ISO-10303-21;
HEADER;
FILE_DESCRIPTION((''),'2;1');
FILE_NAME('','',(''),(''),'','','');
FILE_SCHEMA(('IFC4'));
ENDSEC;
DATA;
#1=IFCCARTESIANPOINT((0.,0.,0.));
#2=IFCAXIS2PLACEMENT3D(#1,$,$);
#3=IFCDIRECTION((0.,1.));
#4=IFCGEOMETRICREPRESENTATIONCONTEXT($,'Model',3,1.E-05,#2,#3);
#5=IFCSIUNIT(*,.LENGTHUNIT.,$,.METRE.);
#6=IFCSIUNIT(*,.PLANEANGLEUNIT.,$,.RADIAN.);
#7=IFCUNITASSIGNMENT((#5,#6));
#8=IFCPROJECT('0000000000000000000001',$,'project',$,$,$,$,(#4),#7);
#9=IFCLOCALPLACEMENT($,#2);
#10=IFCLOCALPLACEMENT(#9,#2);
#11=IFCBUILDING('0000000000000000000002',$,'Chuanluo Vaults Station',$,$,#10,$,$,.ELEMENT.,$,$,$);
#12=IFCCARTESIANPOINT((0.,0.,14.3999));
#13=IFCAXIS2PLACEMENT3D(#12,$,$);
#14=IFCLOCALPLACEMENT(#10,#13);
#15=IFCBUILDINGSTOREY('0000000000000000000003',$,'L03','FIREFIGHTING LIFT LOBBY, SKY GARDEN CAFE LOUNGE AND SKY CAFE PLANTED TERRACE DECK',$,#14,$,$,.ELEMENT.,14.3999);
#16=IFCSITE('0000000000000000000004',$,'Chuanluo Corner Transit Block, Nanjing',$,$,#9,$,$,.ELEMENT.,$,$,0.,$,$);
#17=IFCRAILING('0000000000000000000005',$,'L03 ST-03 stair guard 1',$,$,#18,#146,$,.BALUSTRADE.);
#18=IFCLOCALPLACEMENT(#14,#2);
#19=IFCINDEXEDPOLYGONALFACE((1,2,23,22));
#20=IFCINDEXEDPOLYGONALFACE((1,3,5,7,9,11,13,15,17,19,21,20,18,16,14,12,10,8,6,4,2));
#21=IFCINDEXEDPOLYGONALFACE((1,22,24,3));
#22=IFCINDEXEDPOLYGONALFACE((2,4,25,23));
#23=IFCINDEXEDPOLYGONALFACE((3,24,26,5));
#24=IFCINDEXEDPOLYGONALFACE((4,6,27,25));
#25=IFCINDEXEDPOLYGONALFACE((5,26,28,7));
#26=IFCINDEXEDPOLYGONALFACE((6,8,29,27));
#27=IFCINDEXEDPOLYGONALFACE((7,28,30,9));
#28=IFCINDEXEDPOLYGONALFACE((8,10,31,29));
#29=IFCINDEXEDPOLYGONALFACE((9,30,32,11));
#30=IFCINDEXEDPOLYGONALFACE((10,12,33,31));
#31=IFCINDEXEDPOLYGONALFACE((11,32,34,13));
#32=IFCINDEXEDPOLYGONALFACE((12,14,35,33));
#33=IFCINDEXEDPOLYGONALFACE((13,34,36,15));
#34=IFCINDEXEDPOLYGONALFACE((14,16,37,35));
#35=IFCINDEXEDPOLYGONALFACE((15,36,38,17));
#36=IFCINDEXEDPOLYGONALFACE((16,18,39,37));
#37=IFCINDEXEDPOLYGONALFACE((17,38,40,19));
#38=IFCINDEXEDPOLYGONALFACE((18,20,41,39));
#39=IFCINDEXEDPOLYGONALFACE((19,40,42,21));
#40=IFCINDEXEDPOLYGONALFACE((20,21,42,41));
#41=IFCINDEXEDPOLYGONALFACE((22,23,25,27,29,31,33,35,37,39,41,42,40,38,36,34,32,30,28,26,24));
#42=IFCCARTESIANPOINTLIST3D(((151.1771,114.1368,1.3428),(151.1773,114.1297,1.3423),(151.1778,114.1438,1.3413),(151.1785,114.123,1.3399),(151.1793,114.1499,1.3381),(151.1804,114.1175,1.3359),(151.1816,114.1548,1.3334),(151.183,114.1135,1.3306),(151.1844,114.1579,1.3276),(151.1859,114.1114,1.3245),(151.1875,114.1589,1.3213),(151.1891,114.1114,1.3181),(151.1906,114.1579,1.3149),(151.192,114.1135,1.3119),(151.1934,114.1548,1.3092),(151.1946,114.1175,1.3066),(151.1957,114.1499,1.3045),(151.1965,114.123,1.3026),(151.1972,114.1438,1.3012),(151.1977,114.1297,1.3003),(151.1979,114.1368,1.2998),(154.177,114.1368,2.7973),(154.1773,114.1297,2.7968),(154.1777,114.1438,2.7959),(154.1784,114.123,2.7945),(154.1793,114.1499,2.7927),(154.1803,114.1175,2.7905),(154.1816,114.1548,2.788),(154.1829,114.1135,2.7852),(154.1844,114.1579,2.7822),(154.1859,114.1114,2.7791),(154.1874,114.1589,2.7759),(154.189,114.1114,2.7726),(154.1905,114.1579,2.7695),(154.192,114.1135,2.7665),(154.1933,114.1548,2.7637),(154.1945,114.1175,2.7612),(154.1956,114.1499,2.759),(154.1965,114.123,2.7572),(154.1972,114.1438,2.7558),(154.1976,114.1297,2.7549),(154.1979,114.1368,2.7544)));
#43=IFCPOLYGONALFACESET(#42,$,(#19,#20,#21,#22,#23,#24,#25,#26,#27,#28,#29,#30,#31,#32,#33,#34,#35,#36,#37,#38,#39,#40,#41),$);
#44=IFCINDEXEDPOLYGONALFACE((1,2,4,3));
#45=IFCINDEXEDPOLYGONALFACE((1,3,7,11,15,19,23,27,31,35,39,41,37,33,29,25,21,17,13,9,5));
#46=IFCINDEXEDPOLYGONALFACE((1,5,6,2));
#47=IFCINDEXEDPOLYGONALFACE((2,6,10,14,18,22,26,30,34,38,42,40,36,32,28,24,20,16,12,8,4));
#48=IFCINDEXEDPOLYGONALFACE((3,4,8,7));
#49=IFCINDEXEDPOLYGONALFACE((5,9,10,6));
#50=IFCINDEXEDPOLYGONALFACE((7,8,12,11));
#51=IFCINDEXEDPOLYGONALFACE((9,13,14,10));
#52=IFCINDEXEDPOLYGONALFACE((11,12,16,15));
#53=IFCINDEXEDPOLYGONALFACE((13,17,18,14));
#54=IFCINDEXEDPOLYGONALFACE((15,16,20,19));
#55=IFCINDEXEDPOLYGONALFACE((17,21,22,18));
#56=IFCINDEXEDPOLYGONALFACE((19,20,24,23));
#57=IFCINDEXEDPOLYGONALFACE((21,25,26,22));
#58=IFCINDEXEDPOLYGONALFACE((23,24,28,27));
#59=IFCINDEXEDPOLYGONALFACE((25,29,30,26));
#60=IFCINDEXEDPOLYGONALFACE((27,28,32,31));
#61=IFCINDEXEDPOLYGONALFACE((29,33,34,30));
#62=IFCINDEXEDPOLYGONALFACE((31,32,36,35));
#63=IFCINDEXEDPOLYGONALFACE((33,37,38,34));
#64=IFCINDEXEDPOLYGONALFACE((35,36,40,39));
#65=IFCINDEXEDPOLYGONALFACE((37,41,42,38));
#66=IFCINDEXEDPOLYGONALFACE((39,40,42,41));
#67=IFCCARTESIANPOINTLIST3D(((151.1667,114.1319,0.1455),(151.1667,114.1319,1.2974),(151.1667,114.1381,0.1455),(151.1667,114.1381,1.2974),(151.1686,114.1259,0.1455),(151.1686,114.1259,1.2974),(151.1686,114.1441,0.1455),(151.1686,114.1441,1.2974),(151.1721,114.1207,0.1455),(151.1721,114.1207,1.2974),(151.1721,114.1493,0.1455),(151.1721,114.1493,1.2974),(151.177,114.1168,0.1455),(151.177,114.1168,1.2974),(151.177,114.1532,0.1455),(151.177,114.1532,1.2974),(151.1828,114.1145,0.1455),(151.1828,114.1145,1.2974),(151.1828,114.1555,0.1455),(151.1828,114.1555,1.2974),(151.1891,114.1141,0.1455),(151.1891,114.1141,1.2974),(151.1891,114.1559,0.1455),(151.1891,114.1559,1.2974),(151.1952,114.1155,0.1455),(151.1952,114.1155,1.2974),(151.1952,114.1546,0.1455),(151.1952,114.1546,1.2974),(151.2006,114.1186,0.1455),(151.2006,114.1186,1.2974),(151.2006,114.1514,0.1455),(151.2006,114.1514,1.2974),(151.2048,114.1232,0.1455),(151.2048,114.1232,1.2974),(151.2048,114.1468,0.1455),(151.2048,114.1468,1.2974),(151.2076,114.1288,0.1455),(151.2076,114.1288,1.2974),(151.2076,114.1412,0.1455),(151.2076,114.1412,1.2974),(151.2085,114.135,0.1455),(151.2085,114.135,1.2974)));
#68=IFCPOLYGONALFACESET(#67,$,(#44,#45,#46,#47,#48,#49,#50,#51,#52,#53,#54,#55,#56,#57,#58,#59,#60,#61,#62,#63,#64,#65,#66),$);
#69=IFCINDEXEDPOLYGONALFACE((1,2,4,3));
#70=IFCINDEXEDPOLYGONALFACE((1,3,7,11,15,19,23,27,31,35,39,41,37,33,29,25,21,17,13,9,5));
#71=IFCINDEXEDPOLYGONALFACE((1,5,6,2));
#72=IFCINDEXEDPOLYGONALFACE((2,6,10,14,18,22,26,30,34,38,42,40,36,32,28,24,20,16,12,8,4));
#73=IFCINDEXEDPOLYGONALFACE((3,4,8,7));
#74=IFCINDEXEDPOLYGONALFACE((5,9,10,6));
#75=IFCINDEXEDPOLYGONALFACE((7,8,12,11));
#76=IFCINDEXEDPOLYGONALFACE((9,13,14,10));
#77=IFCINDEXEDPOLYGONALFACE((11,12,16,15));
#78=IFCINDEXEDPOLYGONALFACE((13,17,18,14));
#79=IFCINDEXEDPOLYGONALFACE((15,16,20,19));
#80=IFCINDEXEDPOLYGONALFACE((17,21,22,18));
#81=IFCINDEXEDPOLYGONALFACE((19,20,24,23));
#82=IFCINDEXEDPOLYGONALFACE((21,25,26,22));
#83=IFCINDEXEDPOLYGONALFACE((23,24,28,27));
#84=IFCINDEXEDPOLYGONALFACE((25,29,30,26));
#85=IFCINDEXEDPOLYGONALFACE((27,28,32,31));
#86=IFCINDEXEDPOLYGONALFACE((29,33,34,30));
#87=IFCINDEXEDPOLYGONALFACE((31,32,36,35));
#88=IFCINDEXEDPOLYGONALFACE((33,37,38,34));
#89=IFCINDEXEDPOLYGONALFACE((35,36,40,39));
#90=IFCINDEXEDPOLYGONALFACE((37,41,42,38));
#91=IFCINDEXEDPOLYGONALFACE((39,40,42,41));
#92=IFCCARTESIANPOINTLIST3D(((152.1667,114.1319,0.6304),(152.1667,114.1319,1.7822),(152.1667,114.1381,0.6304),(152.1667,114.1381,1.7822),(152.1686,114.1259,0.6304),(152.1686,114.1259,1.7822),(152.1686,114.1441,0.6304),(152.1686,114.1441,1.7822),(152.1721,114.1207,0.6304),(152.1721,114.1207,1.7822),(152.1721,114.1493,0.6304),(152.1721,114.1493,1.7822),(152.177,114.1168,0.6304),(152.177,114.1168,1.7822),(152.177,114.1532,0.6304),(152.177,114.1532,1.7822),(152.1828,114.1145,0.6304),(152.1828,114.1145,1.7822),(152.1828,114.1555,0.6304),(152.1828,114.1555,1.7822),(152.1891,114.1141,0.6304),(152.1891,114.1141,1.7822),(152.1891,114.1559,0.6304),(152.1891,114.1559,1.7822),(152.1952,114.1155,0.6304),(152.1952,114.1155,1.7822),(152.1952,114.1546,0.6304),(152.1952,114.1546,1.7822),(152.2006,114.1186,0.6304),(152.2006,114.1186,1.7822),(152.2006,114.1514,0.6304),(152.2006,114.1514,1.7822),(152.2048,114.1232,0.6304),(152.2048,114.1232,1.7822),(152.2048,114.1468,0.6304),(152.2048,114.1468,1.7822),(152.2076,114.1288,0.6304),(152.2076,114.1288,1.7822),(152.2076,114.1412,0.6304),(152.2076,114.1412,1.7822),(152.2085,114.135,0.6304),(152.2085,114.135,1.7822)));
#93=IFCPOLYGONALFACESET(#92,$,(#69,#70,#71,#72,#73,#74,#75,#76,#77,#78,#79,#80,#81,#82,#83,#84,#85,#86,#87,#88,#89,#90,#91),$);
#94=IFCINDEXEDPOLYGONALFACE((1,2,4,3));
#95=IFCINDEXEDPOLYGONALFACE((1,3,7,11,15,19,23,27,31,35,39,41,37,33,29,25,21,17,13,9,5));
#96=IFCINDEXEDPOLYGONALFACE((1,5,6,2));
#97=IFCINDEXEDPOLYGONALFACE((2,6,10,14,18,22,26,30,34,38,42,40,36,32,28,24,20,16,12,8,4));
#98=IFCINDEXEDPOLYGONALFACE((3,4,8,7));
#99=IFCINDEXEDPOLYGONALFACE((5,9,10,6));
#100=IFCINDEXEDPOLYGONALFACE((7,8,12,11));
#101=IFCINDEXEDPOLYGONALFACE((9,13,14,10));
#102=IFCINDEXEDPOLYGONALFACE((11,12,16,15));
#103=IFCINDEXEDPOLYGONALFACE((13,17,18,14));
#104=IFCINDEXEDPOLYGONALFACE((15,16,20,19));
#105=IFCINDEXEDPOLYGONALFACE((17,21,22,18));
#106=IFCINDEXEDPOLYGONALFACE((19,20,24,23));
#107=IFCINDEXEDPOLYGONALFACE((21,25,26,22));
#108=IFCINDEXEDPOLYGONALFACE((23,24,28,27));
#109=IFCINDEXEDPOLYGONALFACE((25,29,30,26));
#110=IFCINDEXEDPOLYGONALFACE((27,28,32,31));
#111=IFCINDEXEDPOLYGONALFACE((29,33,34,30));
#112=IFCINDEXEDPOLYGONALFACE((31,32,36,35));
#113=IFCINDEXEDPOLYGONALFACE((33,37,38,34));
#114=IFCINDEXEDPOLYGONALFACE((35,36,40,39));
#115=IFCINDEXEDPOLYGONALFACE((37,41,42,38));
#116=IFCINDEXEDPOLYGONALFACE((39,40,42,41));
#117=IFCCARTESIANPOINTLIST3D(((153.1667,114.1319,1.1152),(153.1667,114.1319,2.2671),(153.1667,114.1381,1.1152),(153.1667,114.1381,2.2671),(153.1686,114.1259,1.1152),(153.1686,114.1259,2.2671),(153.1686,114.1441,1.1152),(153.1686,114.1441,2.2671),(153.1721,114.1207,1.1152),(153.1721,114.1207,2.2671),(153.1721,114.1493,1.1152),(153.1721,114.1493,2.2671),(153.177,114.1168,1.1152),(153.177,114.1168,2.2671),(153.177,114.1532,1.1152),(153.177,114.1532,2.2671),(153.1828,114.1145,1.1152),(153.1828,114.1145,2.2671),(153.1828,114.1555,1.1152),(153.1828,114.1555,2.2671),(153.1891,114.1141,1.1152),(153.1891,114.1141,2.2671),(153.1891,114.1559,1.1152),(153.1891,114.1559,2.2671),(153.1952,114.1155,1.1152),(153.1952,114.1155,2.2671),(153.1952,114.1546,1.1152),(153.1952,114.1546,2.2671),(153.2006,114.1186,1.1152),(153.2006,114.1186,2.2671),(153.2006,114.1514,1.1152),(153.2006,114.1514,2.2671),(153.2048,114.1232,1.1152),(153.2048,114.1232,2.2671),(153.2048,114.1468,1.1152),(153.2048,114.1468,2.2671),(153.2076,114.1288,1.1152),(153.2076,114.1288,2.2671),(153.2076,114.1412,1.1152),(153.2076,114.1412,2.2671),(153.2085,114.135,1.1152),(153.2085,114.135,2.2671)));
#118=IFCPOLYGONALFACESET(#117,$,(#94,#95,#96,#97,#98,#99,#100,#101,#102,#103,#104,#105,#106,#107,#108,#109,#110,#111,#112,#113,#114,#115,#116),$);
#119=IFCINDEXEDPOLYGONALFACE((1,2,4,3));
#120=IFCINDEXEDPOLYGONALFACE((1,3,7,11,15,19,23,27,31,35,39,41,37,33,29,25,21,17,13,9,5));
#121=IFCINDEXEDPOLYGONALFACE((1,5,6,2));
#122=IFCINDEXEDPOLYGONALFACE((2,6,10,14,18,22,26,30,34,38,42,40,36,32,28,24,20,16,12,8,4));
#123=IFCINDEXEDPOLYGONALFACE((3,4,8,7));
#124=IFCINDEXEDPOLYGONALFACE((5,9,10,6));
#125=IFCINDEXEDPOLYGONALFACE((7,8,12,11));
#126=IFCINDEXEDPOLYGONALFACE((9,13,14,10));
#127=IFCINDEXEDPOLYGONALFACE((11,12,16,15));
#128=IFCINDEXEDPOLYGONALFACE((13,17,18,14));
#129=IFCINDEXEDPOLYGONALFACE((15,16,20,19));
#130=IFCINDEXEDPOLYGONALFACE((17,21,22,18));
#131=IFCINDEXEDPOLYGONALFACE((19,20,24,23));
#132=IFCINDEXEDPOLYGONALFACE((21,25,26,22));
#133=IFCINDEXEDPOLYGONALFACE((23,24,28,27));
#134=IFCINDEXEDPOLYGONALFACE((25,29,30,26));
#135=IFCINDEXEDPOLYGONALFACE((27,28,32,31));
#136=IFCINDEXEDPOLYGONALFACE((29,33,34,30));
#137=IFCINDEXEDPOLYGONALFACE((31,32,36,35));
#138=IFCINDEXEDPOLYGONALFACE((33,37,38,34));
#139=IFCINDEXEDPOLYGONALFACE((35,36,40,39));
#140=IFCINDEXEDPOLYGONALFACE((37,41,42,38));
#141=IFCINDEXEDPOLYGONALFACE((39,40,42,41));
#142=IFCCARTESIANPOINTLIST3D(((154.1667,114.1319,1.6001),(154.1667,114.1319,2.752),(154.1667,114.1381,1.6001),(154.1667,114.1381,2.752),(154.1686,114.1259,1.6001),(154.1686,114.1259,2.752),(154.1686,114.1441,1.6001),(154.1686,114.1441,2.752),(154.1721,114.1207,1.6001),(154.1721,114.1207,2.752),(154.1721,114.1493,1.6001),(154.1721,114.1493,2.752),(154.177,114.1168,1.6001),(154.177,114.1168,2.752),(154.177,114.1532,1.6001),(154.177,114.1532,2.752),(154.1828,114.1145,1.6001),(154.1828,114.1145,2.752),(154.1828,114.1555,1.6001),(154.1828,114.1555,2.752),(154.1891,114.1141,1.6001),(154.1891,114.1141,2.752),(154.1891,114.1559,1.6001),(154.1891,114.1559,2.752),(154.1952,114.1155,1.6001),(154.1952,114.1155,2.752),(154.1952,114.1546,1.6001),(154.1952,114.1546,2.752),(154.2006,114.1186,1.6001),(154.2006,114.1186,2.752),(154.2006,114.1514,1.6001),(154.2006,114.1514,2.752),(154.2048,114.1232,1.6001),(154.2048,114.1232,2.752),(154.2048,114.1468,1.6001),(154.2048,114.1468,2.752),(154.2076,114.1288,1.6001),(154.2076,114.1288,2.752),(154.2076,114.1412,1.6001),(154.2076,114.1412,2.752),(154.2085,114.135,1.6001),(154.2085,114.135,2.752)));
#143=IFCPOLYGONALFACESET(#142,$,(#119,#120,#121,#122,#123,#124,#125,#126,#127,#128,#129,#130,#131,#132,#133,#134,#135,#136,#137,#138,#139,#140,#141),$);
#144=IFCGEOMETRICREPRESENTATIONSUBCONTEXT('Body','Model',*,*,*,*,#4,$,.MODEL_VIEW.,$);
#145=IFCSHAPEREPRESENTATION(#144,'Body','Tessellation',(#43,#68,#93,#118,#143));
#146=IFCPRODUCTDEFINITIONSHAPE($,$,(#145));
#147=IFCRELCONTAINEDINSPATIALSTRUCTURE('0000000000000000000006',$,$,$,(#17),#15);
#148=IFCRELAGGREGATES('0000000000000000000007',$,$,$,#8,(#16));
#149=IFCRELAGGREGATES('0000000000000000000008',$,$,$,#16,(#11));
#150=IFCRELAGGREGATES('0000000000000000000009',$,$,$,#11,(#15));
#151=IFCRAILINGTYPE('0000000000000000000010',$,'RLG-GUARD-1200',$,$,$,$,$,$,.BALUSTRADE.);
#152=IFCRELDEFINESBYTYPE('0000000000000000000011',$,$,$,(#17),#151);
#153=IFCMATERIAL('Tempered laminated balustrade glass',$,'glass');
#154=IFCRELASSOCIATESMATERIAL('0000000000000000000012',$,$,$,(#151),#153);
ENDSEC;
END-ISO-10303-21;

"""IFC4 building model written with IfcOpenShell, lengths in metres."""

from ifc_helpers import new_model, si_unit, direction, frame, origin, origin_2d, place, context, subcontext, project, spatial, circle, extrude, material, type_object, element, save


model = new_model("IFC4")

# Units and contexts
model_context = context("Model", 3, precision=1e-05, world=origin(), true_north=direction((0.0, 1.0)))
body_context = subcontext(model_context, "Body", "Model", "MODEL_VIEW")
ifc_project = project(units=[si_unit("LENGTHUNIT", "METRE"), si_unit("PLANEANGLEUNIT", "RADIAN")], contexts=[model_context])

# Site, building, storey
site_placement = place(None, origin())
site = spatial("IfcSite", under=ifc_project, at=site_placement, Name="Chuanluo Corner Transit Block, Nanjing", CompositionType="ELEMENT", RefElevation=0.0)
building_placement = place(site_placement, origin())
building = spatial("IfcBuilding", under=site, at=building_placement, Name="Chuanluo Vaults Station", CompositionType="ELEMENT")
storey_placement = place(building_placement, frame((0.0, 0.0, 14.3999)))
storey = spatial("IfcBuildingStorey", under=building, at=storey_placement, Name="L03", Description="FIREFIGHTING LIFT LOBBY, SKY GARDEN CAFE LOUNGE AND SKY CAFE PLANTED TERRACE DECK", CompositionType="ELEMENT", Elevation=14.3999)

# Railing
ifc_material_1 = material(Name="Tempered laminated balustrade glass", Category="glass")
railing_type_1 = type_object("IfcRailingType", Name="RLG-GUARD-1200", PredefinedType="BALUSTRADE", material=ifc_material_1)
railing_1_placement = place(storey_placement, frame((151.1875, 114.135, 0.1455)))
element("IfcRailing", 1, at=railing_1_placement, inside=storey, type_object=railing_type_1, Name="L03 ST-03 stair guard 1", PredefinedType="BALUSTRADE", context=body_context, shape_type="SweptSolid", body=[
    extrude(circle(Radius=0.0239, at=origin_2d()), frame((0.0, 0.0, 1.1758), z_axis=(0.899809, 0.0, 0.436284), x_axis=(0.0, 1.0, 0.0)), (0.0, 0.0, 1.0), 3.334),
    extrude(circle(Radius=0.021, at=origin_2d()), origin(), (0.0, 0.0, 1.0), 1.1519),
    extrude(circle(Radius=0.021, at=origin_2d()), frame((1.0, 0.0, 0.4849)), (0.0, 0.0, 1.0), 1.1519),
    extrude(circle(Radius=0.021, at=origin_2d()), frame((2.0, 0.0, 0.9697)), (0.0, 0.0, 1.0), 1.1519),
    extrude(circle(Radius=0.021, at=origin_2d()), frame((3.0, 0.0, 1.4546)), (0.0, 0.0, 1.0), 1.1519),
])

save(model, "model.ifc")
